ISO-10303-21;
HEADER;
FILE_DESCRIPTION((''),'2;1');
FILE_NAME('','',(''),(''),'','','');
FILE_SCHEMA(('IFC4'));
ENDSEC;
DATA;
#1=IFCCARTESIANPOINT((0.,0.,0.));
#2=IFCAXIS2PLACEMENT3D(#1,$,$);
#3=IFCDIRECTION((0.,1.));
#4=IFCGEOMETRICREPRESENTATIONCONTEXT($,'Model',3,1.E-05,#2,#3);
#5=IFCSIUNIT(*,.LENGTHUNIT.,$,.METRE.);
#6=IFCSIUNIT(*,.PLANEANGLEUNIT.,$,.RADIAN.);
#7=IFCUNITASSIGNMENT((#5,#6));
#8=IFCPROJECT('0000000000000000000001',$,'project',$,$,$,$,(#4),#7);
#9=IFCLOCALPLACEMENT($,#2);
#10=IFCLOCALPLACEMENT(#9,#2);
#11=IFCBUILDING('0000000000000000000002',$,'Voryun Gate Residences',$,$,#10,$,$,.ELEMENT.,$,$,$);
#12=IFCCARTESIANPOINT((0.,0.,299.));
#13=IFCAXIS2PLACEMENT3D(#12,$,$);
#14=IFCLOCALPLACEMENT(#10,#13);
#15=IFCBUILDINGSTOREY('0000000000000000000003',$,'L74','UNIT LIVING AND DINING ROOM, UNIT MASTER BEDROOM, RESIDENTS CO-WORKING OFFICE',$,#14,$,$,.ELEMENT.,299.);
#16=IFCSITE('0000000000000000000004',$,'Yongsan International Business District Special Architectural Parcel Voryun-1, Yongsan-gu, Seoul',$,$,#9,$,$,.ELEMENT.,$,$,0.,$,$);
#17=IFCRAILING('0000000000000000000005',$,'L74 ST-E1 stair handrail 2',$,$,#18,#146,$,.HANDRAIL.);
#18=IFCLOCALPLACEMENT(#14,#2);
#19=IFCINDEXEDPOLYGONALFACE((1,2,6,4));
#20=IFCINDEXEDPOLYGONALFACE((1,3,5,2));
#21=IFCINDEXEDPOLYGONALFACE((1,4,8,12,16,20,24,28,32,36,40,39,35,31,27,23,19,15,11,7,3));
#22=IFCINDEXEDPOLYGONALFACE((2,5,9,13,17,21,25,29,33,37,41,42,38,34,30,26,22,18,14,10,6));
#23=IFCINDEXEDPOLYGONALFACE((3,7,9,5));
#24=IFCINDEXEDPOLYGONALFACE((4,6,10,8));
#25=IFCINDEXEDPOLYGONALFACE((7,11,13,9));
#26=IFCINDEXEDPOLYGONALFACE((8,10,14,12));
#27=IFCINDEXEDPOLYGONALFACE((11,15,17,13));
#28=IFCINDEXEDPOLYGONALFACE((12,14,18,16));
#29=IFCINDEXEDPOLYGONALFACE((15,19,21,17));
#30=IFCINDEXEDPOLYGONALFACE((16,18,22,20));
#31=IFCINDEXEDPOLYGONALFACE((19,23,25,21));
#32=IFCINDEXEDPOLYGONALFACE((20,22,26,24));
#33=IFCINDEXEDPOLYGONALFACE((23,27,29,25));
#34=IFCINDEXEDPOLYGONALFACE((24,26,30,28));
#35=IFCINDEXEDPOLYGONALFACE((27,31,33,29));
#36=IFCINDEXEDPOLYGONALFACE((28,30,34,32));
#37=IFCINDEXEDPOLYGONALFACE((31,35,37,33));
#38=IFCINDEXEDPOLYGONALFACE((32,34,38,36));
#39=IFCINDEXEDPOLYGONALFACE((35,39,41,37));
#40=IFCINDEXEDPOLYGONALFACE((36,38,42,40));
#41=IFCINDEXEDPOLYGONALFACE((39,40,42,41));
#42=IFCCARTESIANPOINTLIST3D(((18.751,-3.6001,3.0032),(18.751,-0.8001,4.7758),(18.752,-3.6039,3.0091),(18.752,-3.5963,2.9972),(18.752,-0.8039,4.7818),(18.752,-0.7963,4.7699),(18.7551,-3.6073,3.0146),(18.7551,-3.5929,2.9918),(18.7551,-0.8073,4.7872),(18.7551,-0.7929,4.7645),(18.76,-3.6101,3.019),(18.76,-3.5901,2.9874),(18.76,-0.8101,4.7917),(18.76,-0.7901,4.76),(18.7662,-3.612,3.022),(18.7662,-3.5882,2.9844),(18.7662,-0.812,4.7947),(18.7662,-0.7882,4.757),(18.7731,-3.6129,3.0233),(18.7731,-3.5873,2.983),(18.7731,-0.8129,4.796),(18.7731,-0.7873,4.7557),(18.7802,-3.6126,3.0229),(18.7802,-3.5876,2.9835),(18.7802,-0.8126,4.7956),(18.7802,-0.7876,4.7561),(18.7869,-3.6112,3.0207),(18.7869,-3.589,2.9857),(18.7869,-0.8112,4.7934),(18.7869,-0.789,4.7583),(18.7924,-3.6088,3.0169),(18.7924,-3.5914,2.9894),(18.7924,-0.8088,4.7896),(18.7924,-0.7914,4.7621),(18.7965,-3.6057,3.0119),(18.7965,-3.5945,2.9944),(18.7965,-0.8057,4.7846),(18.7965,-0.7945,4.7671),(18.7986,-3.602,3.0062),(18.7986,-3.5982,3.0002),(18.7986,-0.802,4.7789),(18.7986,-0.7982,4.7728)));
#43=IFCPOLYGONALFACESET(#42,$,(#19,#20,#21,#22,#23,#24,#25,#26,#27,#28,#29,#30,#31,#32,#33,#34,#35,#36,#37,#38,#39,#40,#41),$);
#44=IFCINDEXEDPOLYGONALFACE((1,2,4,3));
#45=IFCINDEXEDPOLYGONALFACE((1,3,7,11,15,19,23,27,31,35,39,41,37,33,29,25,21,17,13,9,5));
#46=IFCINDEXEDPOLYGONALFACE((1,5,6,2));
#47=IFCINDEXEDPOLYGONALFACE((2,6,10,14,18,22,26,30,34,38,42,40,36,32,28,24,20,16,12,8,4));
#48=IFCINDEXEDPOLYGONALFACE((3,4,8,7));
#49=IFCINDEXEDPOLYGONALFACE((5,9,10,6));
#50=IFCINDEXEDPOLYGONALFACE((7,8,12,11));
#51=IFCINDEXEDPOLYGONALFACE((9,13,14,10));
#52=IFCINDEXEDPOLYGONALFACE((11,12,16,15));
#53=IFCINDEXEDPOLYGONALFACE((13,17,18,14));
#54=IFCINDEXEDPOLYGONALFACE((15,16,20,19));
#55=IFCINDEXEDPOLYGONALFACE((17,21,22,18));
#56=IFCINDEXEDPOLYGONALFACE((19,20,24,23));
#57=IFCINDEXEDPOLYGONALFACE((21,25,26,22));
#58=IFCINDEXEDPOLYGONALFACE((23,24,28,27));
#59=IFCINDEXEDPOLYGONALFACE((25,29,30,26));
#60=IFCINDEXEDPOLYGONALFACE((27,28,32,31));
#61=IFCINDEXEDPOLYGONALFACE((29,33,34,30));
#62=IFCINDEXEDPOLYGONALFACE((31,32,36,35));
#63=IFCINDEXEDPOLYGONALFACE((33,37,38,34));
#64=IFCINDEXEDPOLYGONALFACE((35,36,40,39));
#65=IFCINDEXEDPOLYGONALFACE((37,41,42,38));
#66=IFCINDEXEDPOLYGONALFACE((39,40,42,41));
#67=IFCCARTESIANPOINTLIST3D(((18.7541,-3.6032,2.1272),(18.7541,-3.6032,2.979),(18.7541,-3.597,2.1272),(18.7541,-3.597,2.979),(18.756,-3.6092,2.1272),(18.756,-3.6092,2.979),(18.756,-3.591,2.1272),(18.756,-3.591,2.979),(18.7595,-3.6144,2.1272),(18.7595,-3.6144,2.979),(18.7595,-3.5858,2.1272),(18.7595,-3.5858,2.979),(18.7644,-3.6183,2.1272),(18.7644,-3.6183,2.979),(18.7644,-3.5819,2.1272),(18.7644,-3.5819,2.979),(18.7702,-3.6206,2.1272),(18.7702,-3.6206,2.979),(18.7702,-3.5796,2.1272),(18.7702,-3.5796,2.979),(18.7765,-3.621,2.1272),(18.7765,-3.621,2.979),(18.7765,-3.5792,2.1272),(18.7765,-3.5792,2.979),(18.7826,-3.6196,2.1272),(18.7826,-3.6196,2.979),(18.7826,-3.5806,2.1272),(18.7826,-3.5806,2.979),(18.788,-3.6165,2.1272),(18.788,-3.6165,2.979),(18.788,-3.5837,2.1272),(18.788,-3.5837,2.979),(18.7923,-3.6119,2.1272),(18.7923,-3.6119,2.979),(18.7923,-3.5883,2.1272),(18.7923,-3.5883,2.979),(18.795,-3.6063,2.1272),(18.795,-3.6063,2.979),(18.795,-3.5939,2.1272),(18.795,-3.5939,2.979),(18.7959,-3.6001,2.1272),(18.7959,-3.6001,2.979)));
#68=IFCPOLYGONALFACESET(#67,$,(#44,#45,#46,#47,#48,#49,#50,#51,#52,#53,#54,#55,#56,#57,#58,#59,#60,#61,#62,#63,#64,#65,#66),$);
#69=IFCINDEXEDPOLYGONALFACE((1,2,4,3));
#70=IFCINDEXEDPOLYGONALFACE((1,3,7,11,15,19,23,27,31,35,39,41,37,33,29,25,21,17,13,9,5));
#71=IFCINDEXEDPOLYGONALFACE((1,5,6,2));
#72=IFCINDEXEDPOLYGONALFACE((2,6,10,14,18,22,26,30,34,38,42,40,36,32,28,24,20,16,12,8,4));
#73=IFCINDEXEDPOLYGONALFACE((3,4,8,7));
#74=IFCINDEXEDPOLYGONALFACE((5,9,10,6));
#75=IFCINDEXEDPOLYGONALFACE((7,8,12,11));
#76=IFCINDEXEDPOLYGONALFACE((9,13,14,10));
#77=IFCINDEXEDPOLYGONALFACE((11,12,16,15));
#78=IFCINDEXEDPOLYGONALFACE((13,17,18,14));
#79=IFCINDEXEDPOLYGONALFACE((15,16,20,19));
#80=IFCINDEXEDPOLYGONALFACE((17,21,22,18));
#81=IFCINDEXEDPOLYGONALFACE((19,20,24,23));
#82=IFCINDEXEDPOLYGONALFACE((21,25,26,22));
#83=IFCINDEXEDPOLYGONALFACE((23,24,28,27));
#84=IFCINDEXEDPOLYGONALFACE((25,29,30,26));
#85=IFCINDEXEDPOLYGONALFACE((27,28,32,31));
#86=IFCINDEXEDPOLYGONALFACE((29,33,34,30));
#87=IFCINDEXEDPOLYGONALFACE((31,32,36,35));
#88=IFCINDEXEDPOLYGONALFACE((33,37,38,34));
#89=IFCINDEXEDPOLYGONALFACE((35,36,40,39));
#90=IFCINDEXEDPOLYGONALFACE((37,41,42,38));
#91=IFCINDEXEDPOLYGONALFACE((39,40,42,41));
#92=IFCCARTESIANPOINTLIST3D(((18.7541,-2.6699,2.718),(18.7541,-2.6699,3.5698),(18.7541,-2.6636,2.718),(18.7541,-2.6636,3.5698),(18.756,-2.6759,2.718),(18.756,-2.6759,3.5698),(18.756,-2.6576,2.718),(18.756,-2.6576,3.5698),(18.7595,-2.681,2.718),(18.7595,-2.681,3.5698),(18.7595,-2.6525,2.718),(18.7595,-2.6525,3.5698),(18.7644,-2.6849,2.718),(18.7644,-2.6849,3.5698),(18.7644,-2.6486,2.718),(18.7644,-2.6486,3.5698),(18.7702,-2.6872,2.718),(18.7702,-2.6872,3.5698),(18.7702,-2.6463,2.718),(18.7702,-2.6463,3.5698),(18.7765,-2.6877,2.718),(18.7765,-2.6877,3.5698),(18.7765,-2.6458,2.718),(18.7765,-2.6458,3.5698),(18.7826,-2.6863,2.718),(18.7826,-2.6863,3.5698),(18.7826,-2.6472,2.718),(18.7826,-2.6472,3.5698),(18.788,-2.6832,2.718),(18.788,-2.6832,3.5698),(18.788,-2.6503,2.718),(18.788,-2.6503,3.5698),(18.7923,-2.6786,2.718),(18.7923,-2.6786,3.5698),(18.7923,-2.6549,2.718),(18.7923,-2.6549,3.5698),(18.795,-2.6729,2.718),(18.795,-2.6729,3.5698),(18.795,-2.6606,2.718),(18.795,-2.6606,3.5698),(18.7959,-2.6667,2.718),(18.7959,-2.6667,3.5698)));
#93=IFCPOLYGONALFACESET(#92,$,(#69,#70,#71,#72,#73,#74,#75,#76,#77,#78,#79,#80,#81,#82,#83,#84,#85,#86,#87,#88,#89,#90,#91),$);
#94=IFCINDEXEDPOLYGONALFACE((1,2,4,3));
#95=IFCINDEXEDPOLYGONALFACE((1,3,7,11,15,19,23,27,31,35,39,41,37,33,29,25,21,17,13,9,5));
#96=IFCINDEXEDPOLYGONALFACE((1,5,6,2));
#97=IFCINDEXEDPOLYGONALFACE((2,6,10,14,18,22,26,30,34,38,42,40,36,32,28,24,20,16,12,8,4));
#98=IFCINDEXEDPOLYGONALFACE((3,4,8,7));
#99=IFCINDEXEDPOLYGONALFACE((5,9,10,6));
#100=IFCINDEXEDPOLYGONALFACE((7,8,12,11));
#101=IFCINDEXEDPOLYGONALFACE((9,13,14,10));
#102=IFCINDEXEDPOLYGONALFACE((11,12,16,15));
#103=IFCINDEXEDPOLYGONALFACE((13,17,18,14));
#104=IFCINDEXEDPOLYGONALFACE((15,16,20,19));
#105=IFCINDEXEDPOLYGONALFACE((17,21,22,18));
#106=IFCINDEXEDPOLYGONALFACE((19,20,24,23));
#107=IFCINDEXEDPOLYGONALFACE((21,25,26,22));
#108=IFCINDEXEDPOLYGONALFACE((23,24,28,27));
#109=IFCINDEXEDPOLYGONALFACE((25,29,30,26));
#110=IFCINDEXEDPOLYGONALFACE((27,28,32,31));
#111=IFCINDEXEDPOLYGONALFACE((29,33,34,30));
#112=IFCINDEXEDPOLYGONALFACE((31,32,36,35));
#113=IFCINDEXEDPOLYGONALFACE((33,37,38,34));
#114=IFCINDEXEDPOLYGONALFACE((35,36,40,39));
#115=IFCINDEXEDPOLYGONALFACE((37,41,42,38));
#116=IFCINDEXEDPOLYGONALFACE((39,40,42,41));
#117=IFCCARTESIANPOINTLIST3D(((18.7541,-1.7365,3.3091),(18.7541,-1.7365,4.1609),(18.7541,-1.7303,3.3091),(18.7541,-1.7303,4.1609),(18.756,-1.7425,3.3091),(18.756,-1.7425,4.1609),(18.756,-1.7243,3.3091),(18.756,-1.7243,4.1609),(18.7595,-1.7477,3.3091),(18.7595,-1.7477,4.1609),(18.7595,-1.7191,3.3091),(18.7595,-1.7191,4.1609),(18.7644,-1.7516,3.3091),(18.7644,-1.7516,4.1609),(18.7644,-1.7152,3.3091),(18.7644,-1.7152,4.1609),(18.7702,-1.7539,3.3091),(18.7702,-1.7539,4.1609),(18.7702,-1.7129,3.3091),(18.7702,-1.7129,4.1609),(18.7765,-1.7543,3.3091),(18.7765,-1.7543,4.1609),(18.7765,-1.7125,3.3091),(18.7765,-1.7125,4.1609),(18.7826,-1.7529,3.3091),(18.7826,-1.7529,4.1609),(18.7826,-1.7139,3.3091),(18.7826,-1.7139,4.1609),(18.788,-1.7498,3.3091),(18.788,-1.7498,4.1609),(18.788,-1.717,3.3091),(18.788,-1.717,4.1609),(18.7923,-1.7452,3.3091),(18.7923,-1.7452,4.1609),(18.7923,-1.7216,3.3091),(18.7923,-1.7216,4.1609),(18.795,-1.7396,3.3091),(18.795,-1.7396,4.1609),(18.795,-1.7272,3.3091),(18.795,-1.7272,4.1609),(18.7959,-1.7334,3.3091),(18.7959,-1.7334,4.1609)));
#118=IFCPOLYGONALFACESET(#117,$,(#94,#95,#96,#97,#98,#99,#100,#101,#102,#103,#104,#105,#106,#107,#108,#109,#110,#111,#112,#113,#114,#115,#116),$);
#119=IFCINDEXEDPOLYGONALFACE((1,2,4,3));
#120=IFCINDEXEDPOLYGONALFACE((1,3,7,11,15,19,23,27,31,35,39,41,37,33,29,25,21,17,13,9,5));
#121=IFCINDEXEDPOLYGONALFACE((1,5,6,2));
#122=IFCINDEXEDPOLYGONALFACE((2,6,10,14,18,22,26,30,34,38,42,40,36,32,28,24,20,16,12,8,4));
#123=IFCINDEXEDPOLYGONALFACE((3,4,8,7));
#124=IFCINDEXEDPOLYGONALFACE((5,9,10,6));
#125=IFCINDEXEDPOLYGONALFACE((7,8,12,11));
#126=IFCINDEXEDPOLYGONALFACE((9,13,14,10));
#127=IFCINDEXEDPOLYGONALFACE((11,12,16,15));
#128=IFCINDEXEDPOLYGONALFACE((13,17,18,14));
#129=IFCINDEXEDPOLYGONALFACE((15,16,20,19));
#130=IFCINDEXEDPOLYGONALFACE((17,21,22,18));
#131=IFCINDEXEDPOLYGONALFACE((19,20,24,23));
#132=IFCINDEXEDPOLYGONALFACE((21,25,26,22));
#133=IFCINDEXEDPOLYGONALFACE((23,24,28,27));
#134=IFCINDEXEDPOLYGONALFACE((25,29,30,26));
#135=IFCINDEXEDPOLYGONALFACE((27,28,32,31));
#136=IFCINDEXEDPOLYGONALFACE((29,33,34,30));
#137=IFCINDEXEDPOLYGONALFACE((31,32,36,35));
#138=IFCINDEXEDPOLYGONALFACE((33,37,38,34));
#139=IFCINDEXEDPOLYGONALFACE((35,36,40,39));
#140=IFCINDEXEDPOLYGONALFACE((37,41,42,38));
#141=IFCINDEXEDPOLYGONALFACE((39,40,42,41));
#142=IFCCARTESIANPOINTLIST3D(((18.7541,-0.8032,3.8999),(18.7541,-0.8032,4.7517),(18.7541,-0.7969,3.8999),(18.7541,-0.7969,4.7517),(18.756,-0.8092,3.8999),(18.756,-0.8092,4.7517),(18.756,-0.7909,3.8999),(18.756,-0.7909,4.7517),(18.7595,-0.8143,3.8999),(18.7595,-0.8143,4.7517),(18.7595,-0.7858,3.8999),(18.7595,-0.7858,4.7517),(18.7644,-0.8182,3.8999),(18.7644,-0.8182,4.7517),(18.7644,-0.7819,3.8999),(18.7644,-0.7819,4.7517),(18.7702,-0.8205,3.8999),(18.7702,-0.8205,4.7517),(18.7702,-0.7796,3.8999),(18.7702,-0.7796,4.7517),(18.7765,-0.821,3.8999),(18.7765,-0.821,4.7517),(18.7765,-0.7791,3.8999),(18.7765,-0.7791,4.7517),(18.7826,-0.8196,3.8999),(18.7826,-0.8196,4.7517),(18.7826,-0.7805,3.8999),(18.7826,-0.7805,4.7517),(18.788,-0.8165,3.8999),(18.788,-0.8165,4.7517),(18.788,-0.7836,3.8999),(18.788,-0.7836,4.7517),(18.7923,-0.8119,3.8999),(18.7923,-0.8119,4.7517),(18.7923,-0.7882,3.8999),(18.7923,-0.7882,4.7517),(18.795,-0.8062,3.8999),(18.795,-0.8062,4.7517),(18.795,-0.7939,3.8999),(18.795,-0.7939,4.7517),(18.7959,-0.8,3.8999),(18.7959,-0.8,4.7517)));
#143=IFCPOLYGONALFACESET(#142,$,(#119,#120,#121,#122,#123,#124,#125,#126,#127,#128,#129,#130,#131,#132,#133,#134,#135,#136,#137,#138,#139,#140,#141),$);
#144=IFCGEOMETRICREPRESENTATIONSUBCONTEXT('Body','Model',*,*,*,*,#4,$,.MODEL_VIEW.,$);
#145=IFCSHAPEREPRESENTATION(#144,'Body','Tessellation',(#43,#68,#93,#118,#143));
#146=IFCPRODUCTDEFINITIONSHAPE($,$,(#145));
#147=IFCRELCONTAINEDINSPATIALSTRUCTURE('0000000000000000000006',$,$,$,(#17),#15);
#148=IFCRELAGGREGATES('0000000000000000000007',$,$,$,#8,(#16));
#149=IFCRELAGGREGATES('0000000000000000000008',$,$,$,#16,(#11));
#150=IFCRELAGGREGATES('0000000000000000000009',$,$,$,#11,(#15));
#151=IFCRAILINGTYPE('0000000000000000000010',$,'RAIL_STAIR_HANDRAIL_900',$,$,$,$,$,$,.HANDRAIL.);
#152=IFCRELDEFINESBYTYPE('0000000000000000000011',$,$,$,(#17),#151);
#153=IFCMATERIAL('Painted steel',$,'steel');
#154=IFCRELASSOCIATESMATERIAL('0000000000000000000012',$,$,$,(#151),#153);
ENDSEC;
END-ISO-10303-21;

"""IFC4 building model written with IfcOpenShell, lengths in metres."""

from ifc_helpers import new_model, si_unit, direction, frame, origin, origin_2d, place, context, subcontext, project, spatial, circle, extrude, material, type_object, element, save


model = new_model("IFC4")

# Units and contexts
model_context = context("Model", 3, precision=1e-05, world=origin(), true_north=direction((0.0, 1.0)))
body_context = subcontext(model_context, "Body", "Model", "MODEL_VIEW")
ifc_project = project(units=[si_unit("LENGTHUNIT", "METRE"), si_unit("PLANEANGLEUNIT", "RADIAN")], contexts=[model_context])

# Site, building, storey
site_placement = place(None, origin())
site = spatial("IfcSite", under=ifc_project, at=site_placement, Name="Yongsan International Business District Special Architectural Parcel Voryun-1, Yongsan-gu, Seoul", CompositionType="ELEMENT", RefElevation=0.0)
building_placement = place(site_placement, origin())
building = spatial("IfcBuilding", under=site, at=building_placement, Name="Voryun Gate Residences", CompositionType="ELEMENT")
storey_placement = place(building_placement, frame((0.0, 0.0, 299.0)))
storey = spatial("IfcBuildingStorey", under=building, at=storey_placement, Name="L74", Description="UNIT LIVING AND DINING ROOM, UNIT MASTER BEDROOM, RESIDENTS CO-WORKING OFFICE", CompositionType="ELEMENT", Elevation=299.0)

# Railing
ifc_material_1 = material(Name="Painted steel", Category="steel")
railing_type_1 = type_object("IfcRailingType", Name="RAIL_STAIR_HANDRAIL_900", PredefinedType="HANDRAIL", material=ifc_material_1)
railing_1_placement = place(storey_placement, frame((18.7749, -3.6001, 2.1272)))
element("IfcRailing", 1, at=railing_1_placement, inside=storey, type_object=railing_type_1, Name="L74 ST-E1 stair handrail 2", PredefinedType="HANDRAIL", context=body_context, shape_type="SweptSolid", body=[
    extrude(circle(Radius=0.0239, at=origin_2d()), frame((0.0, 0.0, 0.876), z_axis=(0.0, 0.844909, 0.53491), x_axis=(-1.0, 0.0, 0.0)), (0.0, 0.0, 1.0), 3.314),
    extrude(circle(Radius=0.021, at=origin_2d()), origin(), (0.0, 0.0, 1.0), 0.8518),
    extrude(circle(Radius=0.021, at=origin_2d()), frame((0.0, 0.9333, 0.5908)), (0.0, 0.0, 1.0), 0.8518),
    extrude(circle(Radius=0.021, at=origin_2d()), frame((0.0, 1.8667, 1.1819)), (0.0, 0.0, 1.0), 0.8518),
    extrude(circle(Radius=0.021, at=origin_2d()), frame((0.0, 2.8, 1.7727)), (0.0, 0.0, 1.0), 0.8518),
])

save(model, "model.ifc")
